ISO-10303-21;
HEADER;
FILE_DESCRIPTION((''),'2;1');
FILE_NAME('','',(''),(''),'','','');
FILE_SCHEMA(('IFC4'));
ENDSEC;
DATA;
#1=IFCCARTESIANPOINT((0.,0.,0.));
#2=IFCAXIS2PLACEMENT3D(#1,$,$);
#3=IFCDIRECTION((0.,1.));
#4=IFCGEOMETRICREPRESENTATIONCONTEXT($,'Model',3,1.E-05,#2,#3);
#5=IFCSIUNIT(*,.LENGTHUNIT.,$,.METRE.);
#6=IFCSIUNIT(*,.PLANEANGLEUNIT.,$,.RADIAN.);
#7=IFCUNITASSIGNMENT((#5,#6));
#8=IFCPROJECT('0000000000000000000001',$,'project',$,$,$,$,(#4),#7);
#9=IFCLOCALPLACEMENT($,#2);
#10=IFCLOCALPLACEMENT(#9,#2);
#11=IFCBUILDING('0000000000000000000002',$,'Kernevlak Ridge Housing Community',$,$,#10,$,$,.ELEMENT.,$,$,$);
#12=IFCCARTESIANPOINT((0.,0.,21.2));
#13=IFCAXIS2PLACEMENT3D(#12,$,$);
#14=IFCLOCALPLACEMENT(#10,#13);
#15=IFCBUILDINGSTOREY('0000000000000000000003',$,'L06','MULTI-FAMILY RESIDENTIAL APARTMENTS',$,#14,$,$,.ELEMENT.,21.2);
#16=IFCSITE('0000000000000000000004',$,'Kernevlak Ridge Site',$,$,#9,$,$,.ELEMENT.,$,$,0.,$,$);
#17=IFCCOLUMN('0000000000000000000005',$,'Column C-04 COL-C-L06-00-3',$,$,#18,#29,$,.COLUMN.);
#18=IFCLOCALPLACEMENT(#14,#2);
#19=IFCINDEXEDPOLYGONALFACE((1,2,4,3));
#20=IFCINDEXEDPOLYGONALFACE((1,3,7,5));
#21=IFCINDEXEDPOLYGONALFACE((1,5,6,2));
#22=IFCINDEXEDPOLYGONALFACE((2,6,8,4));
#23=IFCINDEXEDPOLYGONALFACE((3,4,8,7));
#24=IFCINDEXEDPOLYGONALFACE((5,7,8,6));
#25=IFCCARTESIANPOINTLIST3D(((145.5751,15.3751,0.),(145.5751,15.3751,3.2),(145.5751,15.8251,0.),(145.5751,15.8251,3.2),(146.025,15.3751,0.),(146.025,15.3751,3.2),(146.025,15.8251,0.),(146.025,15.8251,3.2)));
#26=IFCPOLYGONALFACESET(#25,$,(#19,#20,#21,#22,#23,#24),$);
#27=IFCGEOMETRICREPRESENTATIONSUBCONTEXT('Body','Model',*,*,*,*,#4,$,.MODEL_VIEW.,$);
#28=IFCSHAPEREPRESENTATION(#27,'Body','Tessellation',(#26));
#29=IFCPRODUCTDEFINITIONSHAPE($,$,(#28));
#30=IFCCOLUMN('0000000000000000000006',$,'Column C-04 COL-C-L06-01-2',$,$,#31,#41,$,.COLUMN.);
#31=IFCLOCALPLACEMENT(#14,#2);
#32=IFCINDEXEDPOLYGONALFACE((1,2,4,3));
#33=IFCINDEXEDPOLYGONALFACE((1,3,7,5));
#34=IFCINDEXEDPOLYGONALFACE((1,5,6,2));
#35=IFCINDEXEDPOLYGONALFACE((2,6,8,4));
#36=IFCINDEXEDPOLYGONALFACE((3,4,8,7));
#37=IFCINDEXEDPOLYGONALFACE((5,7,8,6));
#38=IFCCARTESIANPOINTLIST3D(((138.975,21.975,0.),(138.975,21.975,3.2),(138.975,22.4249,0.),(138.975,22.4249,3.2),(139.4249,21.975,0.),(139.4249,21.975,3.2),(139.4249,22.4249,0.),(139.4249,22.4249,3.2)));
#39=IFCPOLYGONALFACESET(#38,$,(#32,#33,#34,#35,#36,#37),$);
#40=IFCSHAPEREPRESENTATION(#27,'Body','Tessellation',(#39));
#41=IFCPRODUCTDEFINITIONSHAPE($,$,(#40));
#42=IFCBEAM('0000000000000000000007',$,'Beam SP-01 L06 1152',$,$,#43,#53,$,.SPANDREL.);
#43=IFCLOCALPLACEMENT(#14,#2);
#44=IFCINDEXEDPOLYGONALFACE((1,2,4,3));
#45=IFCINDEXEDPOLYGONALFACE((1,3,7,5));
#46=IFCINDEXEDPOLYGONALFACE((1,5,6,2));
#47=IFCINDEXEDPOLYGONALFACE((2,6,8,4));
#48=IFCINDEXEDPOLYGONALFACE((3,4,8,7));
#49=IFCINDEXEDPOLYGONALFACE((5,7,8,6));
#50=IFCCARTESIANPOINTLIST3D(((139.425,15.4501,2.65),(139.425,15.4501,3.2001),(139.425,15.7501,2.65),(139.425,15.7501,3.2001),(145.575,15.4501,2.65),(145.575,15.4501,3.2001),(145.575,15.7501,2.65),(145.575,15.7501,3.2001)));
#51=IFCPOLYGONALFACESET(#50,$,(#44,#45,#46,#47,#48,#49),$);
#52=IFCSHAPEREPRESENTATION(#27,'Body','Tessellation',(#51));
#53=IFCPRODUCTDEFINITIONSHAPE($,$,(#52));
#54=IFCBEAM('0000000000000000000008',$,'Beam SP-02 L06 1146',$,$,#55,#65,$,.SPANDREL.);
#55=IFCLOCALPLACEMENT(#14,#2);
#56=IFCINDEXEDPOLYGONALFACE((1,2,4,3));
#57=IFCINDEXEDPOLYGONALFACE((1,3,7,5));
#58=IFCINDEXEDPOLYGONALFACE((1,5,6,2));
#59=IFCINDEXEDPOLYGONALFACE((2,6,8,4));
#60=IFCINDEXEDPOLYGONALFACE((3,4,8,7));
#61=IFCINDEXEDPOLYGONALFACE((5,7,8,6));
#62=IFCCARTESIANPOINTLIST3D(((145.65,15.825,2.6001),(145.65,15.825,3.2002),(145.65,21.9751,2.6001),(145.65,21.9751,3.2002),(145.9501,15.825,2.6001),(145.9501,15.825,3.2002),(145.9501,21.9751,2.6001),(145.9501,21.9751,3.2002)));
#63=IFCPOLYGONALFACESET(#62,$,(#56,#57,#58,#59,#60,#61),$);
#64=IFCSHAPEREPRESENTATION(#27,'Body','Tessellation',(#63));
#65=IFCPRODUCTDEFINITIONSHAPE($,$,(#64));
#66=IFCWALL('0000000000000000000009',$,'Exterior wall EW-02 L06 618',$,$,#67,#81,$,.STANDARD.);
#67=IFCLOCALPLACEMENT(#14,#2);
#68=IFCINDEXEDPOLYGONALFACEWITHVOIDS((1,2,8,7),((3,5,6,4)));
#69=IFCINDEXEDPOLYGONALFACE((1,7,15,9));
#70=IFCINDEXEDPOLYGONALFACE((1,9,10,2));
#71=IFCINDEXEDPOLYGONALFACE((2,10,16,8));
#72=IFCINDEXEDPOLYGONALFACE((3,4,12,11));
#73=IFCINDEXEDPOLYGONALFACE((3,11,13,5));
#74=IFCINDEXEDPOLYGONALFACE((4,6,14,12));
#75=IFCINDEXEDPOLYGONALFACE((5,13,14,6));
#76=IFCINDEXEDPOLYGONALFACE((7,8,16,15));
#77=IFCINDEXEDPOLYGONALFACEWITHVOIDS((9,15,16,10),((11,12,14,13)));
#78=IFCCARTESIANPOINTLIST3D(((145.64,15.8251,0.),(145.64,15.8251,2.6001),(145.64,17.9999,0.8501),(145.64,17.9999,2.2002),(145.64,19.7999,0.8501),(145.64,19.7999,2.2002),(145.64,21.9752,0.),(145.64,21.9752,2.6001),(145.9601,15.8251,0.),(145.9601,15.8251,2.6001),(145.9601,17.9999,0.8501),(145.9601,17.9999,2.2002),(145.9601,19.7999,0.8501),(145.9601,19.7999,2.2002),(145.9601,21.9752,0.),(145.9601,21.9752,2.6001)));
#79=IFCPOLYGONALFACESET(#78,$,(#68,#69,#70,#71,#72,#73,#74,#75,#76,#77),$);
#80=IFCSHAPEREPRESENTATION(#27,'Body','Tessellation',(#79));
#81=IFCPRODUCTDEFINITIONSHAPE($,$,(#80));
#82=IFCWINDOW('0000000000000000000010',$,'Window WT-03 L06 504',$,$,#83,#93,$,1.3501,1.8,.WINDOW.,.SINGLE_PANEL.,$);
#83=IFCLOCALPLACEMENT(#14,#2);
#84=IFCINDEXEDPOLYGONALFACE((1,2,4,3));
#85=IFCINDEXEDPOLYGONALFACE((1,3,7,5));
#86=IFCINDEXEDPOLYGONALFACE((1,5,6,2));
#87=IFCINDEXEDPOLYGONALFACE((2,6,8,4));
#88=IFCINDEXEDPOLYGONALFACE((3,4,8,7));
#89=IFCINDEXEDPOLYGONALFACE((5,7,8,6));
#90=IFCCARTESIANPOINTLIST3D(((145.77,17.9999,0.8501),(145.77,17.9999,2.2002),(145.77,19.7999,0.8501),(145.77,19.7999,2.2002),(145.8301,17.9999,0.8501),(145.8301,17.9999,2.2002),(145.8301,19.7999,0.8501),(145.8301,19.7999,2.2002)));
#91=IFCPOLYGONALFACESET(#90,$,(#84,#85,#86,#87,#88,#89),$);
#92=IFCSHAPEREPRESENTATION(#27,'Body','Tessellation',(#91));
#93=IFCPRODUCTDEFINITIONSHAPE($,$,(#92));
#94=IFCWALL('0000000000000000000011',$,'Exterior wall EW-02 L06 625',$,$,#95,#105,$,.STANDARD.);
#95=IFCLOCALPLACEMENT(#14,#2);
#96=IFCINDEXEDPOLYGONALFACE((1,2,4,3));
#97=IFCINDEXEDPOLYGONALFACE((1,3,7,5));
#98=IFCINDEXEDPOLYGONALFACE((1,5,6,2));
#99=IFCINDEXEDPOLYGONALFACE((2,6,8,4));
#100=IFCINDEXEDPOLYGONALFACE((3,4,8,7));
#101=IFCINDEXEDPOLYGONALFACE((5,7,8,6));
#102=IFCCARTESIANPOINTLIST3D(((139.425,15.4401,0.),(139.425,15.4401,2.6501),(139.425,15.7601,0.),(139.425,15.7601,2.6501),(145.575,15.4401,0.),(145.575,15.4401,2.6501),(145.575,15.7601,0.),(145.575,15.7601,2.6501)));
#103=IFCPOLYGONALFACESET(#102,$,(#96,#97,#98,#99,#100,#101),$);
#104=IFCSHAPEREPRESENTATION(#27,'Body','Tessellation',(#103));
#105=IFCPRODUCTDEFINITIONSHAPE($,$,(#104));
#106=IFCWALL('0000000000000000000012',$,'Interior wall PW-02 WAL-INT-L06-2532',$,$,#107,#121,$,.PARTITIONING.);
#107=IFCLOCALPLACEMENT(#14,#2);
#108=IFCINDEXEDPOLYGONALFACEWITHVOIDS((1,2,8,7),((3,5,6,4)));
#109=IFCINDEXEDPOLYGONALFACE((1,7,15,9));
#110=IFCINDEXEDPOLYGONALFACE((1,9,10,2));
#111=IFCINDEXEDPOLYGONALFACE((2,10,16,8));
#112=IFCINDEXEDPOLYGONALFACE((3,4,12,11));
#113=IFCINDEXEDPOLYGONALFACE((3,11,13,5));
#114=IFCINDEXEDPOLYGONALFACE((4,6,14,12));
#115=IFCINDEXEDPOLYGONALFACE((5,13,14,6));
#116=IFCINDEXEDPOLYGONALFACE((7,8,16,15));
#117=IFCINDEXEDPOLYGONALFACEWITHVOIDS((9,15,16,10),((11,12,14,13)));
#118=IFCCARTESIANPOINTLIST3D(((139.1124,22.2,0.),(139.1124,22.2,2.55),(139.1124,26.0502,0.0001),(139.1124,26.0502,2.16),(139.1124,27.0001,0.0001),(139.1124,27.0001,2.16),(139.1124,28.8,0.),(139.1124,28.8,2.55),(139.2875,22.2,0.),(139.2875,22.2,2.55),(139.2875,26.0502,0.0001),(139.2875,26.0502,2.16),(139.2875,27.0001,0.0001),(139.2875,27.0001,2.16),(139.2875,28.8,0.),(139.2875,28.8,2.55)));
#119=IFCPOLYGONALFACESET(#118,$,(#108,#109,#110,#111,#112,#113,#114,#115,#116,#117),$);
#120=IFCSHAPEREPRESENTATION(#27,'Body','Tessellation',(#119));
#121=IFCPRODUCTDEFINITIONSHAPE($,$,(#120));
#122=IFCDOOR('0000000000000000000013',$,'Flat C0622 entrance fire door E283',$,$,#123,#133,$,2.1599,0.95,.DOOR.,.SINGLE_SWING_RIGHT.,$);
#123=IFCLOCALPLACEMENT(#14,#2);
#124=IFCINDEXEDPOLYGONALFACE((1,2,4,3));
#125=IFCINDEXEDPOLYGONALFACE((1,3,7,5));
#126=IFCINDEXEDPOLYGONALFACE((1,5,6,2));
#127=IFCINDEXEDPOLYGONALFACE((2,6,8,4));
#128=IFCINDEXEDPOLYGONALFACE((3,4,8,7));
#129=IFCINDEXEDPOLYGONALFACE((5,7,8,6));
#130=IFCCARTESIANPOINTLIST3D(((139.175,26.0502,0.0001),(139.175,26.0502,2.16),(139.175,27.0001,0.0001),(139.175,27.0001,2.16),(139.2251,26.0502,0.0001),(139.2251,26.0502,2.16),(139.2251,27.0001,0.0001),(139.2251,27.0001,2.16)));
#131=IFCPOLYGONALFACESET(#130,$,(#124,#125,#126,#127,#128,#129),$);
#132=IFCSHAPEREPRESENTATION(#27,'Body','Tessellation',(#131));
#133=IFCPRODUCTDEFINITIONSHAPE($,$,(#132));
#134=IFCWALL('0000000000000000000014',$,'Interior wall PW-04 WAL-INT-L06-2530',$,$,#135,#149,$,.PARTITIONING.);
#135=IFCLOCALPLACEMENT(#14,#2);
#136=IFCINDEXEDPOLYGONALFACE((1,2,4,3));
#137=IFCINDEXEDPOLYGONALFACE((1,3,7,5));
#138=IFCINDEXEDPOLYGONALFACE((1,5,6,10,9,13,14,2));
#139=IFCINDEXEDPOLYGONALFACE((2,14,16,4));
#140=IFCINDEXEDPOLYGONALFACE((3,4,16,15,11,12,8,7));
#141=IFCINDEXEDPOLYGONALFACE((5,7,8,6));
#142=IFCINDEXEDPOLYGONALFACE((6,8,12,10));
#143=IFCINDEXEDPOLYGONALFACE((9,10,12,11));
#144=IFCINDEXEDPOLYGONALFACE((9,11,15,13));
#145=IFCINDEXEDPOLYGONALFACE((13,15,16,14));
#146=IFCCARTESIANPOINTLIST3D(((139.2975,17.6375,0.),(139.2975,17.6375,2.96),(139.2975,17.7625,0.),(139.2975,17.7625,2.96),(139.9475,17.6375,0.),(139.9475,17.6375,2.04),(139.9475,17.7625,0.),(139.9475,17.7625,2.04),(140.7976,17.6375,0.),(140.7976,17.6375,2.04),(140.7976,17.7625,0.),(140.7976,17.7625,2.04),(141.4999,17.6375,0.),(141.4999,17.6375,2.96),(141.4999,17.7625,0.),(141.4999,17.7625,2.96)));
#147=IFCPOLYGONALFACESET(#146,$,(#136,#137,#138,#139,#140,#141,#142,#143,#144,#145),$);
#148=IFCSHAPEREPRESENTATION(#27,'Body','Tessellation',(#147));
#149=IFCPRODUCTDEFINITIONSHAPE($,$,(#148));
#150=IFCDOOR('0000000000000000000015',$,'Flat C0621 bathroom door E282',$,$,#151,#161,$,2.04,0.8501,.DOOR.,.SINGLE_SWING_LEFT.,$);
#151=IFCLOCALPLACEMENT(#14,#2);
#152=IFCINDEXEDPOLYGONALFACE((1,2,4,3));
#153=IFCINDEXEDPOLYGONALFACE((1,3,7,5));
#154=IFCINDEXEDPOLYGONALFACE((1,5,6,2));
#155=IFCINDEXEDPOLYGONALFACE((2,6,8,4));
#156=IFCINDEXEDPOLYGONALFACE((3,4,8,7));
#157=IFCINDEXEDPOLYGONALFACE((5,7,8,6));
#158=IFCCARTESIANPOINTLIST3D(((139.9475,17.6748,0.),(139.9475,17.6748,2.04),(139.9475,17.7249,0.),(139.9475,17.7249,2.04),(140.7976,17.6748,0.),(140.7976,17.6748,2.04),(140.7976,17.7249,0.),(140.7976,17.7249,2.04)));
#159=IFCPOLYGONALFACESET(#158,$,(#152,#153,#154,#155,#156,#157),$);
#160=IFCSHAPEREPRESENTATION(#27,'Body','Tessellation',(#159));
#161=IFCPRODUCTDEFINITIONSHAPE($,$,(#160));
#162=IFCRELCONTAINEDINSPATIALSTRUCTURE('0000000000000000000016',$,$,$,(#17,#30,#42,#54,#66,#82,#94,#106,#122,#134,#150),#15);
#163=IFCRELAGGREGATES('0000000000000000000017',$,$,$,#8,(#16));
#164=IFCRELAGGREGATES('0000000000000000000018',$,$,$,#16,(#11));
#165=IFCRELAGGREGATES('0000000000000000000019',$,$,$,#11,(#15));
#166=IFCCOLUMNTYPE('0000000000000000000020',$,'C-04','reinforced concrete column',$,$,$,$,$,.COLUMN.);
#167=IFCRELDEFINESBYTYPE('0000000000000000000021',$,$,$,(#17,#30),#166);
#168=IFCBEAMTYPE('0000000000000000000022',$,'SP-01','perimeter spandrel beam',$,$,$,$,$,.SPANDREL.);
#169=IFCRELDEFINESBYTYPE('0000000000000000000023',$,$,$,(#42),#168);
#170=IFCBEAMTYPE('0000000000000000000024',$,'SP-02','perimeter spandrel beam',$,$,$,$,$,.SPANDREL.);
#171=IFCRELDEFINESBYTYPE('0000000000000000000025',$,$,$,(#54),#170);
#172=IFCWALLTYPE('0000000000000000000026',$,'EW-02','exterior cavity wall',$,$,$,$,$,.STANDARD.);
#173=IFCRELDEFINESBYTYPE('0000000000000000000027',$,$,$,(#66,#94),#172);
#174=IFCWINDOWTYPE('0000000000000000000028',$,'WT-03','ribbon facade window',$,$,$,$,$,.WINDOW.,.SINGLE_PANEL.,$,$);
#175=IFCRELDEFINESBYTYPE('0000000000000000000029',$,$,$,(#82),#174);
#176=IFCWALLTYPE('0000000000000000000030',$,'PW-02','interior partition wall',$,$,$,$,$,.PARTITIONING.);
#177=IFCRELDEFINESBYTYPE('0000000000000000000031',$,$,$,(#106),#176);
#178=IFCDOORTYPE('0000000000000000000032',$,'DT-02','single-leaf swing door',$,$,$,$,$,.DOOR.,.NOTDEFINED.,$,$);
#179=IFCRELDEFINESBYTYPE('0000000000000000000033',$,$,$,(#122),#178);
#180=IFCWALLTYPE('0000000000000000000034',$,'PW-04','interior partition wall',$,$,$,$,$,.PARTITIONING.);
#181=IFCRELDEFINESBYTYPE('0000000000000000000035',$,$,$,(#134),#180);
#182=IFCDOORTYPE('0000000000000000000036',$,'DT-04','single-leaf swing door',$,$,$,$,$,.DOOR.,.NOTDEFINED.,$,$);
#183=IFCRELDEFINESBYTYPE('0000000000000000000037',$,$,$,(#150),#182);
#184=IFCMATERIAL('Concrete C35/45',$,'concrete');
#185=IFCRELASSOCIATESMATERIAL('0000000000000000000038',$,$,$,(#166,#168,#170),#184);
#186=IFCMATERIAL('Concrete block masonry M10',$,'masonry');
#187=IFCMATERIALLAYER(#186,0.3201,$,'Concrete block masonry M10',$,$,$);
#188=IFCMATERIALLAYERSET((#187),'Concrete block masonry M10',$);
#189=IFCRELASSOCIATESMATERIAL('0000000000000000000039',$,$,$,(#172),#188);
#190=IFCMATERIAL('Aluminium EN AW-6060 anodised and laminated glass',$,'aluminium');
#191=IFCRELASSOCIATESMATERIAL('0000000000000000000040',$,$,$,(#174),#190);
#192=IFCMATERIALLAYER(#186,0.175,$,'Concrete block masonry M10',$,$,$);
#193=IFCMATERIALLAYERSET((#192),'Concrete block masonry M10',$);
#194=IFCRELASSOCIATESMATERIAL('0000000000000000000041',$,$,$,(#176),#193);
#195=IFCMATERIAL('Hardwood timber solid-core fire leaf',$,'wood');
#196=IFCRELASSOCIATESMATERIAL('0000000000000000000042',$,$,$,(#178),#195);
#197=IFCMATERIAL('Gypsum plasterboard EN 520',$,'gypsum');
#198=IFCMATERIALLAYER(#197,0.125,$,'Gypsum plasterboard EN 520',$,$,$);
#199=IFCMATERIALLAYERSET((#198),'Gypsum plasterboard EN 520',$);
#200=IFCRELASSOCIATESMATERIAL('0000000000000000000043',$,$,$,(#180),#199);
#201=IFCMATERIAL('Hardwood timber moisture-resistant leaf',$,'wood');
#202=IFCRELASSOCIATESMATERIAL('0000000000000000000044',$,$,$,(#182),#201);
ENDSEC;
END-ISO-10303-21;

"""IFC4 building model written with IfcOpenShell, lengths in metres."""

from ifc_helpers import new_model, si_unit, direction, frame, frame_2d, origin, origin_2d, place, context, subcontext, project, spatial, rectangle, extrude, material, layer, layer_set, material_profile, profile_set, type_object, element, fill, save


model = new_model("IFC4")

# Units and contexts
model_context = context("Model", 3, precision=1e-05, world=origin(), true_north=direction((0.0, 1.0)))
body_context = subcontext(model_context, "Body", "Model", "MODEL_VIEW")
ifc_project = project(units=[si_unit("LENGTHUNIT", "METRE"), si_unit("PLANEANGLEUNIT", "RADIAN")], contexts=[model_context])

# Site, building, storey
site_placement = place(None, origin())
site = spatial("IfcSite", under=ifc_project, at=site_placement, Name="Kernevlak Ridge Site", CompositionType="ELEMENT", RefElevation=0.0)
building_placement = place(site_placement, origin())
building = spatial("IfcBuilding", under=site, at=building_placement, Name="Kernevlak Ridge Housing Community", CompositionType="ELEMENT")
storey_placement = place(building_placement, frame((0.0, 0.0, 21.2)))
storey = spatial("IfcBuildingStorey", under=building, at=storey_placement, Name="L06", Description="MULTI-FAMILY RESIDENTIAL APARTMENTS", CompositionType="ELEMENT", Elevation=21.2)

# Columns
ifc_material_1 = material(Name="Concrete C35/45", Category="concrete")
ifc_material_profile_1 = material_profile(ifc_material_1, rectangle(XDim=0.45, YDim=0.45, at=origin_2d()), Name="RC 450x450")
ifc_profile_set_1 = profile_set([ifc_material_profile_1], Name="Concrete C35/45")
column_type = type_object("IfcColumnType", Name="C-04", Description="reinforced concrete column", PredefinedType="COLUMN", material=ifc_profile_set_1)
for number, where, z_axis, x_axis, name in (
    (1, (145.8, 15.6001, 0.0), (0.0, 0.0, 1.0), (1.0, 0.0, 0.0), "Column C-04 COL-C-L06-00-3"),
    (2, (139.2, 22.2, 0.0), (0.0, 0.0, 1.0), (1.0, 0.0, 0.0), "Column C-04 COL-C-L06-01-2"),
):
    element("IfcColumn", number, at=place(storey_placement, frame(where, z_axis=z_axis, x_axis=x_axis)), inside=storey, type_object=column_type, Name=name, PredefinedType="COLUMN", context=body_context, shape_type="SweptSolid", body=[
        extrude(rectangle(XDim=0.45, YDim=0.45, at=origin_2d()), origin(), (0.0, 0.0, 1.0), 3.2),
    ])

# Beams
ifc_material_profile_2 = material_profile(ifc_material_1, rectangle(XDim=0.3, YDim=0.55, at=origin_2d()), Name="RC 300x550")
ifc_profile_set_2 = profile_set([ifc_material_profile_2], Name="Concrete C35/45")
beam_type_1 = type_object("IfcBeamType", Name="SP-01", Description="perimeter spandrel beam", PredefinedType="SPANDREL", material=ifc_profile_set_2)
beam_1_placement = place(storey_placement, frame((139.425, 15.6001, 2.925), z_axis=(1.0, 0.0, 0.0), x_axis=(0.0, 1.0, 0.0)))
element("IfcBeam", 3, at=beam_1_placement, inside=storey, type_object=beam_type_1, Name="Beam SP-01 L06 1152", PredefinedType="SPANDREL", context=body_context, shape_type="SweptSolid", body=[
    extrude(rectangle(XDim=0.3, YDim=0.55, at=origin_2d()), origin(), (0.0, 0.0, 1.0), 6.1499),
])
ifc_material_profile_3 = material_profile(ifc_material_1, rectangle(XDim=0.3, YDim=0.6001, at=origin_2d()), Name="RC 300x600")
ifc_profile_set_3 = profile_set([ifc_material_profile_3], Name="Concrete C35/45")
beam_type_2 = type_object("IfcBeamType", Name="SP-02", Description="perimeter spandrel beam", PredefinedType="SPANDREL", material=ifc_profile_set_3)
beam_2_placement = place(storey_placement, frame((145.8, 15.825, 2.9001), z_axis=(0.0, 1.0, 0.0), x_axis=(-1.0, 0.0, 0.0)))
element("IfcBeam", 4, at=beam_2_placement, inside=storey, type_object=beam_type_2, Name="Beam SP-02 L06 1146", PredefinedType="SPANDREL", context=body_context, shape_type="SweptSolid", body=[
    extrude(rectangle(XDim=0.3, YDim=0.6001, at=origin_2d()), origin(), (0.0, 0.0, 1.0), 6.1501),
])

# Wall, opening, window
ifc_material_2 = material(Name="Concrete block masonry M10", Category="masonry")
ifc_layer_1 = layer(ifc_material_2, 0.3201, Name="Concrete block masonry M10")
ifc_layer_set_1 = layer_set([ifc_layer_1], Name="Concrete block masonry M10")
wall_type_1 = type_object("IfcWallType", Name="EW-02", Description="exterior cavity wall", PredefinedType="STANDARD", material=ifc_layer_set_1)
wall_1_placement = place(storey_placement, frame((145.8, 15.825, 0.0), z_axis=(0.0, 0.0, 1.0), x_axis=(0.0, 1.0, 0.0)))
wall_1 = element("IfcWall", 5, at=wall_1_placement, inside=storey, type_object=wall_type_1, Name="Exterior wall EW-02 L06 618", PredefinedType="STANDARD", context=body_context, shape_type="SweptSolid", body=[
    extrude(rectangle(XDim=6.1501, YDim=0.3201, at=frame_2d((3.0752, 0.0))), origin(), (0.0, 0.0, 1.0), 2.6001),
])
opening_1_placement = place(wall_1_placement, frame((2.175, 0.0, 0.8501)))
opening_1 = element("IfcOpeningElement", 6, at=opening_1_placement, cuts=wall_1, PredefinedType="OPENING", context=body_context, shape_type="SweptSolid", body=[
    extrude(rectangle(XDim=1.8, YDim=1.3501, at=frame_2d((0.8999, 0.675))), frame((0.0, 0.1699, 0.0), z_axis=(0.0, -1.0, 0.0), x_axis=(1.0, 0.0, 0.0)), (0.0, 0.0, 1.0), 0.3401),
])
ifc_material_3 = material(Name="Aluminium EN AW-6060 anodised and laminated glass", Category="aluminium")
window_type = type_object("IfcWindowType", Name="WT-03", Description="ribbon facade window", PartitioningType="SINGLE_PANEL", PredefinedType="WINDOW", material=ifc_material_3)
window_placement = place(opening_1_placement, origin())
window = element("IfcWindow", 7, at=window_placement, inside=storey, type_object=window_type, Name="Window WT-03 L06 504", OverallHeight=1.3501, OverallWidth=1.8, PartitioningType="SINGLE_PANEL", PredefinedType="WINDOW", context=body_context, shape_type="SweptSolid", body=[
    extrude(rectangle(XDim=1.8, YDim=1.3501, at=frame_2d((0.8999, 0.675))), frame((0.0, 0.03, 0.0), z_axis=(0.0, -1.0, 0.0), x_axis=(1.0, 0.0, 0.0)), (0.0, 0.0, 1.0), 0.0601),
])
fill(opening_1, window)

# Wall
wall_2_placement = place(storey_placement, frame((139.425, 15.6001, 0.0), z_axis=(0.0, 0.0, 1.0), x_axis=(1.0, 0.0, 0.0)))
element("IfcWall", 8, at=wall_2_placement, inside=storey, type_object=wall_type_1, Name="Exterior wall EW-02 L06 625", PredefinedType="STANDARD", context=body_context, shape_type="SweptSolid", body=[
    extrude(rectangle(XDim=6.1499, YDim=0.3201, at=frame_2d((3.075, 0.0))), origin(), (0.0, 0.0, 1.0), 2.6501),
])

# Walls, openings, doors
ifc_layer_2 = layer(ifc_material_2, 0.175, Name="Concrete block masonry M10")
ifc_layer_set_2 = layer_set([ifc_layer_2], Name="Concrete block masonry M10")
wall_type_2 = type_object("IfcWallType", Name="PW-02", Description="interior partition wall", PredefinedType="PARTITIONING", material=ifc_layer_set_2)
wall_3_placement = place(storey_placement, frame((139.2, 22.2, 0.0), z_axis=(0.0, 0.0, 1.0), x_axis=(0.0, 1.0, 0.0)))
wall_3 = element("IfcWall", 9, at=wall_3_placement, inside=storey, type_object=wall_type_2, Name="Interior wall PW-02 WAL-INT-L06-2532", PredefinedType="PARTITIONING", context=body_context, shape_type="SweptSolid", body=[
    extrude(rectangle(XDim=6.6001, YDim=0.175, at=frame_2d((3.3, 0.0))), origin(), (0.0, 0.0, 1.0), 2.55),
])
opening_2_placement = place(wall_3_placement, frame((3.8501, 0.0, 0.0)))
opening_2 = element("IfcOpeningElement", 10, at=opening_2_placement, cuts=wall_3, PredefinedType="OPENING", context=body_context, shape_type="SweptSolid", body=[
    extrude(rectangle(XDim=0.95, YDim=2.1599, at=frame_2d((0.4751, 1.0801))), frame((0.0, 0.0974, 0.0), z_axis=(0.0, -1.0, 0.0), x_axis=(1.0, 0.0, 0.0)), (0.0, 0.0, 1.0), 0.1951),
])
ifc_material_4 = material(Name="Hardwood timber solid-core fire leaf", Category="wood")
door_type_1 = type_object("IfcDoorType", Name="DT-02", Description="single-leaf swing door", OperationType="NOTDEFINED", PredefinedType="DOOR", material=ifc_material_4)
door_1_placement = place(opening_2_placement, origin())
door_1 = element("IfcDoor", 11, at=door_1_placement, inside=storey, type_object=door_type_1, Name="Flat C0622 entrance fire door E283", OperationType="SINGLE_SWING_RIGHT", OverallHeight=2.1599, OverallWidth=0.95, PredefinedType="DOOR", context=body_context, shape_type="SweptSolid", body=[
    extrude(rectangle(XDim=0.95, YDim=2.1599, at=frame_2d((0.4751, 1.0801))), frame((0.0, 0.0249, 0.0), z_axis=(0.0, -1.0, 0.0), x_axis=(1.0, 0.0, 0.0)), (0.0, 0.0, 1.0), 0.05),
])
fill(opening_2, door_1)
ifc_material_5 = material(Name="Gypsum plasterboard EN 520", Category="gypsum")
ifc_layer_3 = layer(ifc_material_5, 0.125, Name="Gypsum plasterboard EN 520")
ifc_layer_set_3 = layer_set([ifc_layer_3], Name="Gypsum plasterboard EN 520")
wall_type_3 = type_object("IfcWallType", Name="PW-04", Description="interior partition wall", PredefinedType="PARTITIONING", material=ifc_layer_set_3)
wall_4_placement = place(storey_placement, frame((139.2976, 17.7, 0.0), z_axis=(0.0, 0.0, 1.0), x_axis=(1.0, 0.0, 0.0)))
wall_4 = element("IfcWall", 12, at=wall_4_placement, inside=storey, type_object=wall_type_3, Name="Interior wall PW-04 WAL-INT-L06-2530", PredefinedType="PARTITIONING", context=body_context, shape_type="SweptSolid", body=[
    extrude(rectangle(XDim=2.2024, YDim=0.125, at=frame_2d((1.1011, 0.0))), origin(), (0.0, 0.0, 1.0), 2.96),
])
opening_3_placement = place(wall_4_placement, frame((0.6499, 0.0, 0.0)))
opening_3 = element("IfcOpeningElement", 13, at=opening_3_placement, cuts=wall_4, PredefinedType="OPENING", context=body_context, shape_type="SweptSolid", body=[
    extrude(rectangle(XDim=0.8501, YDim=2.04, at=frame_2d((0.425, 1.02))), frame((0.0, 0.0725, 0.0), z_axis=(0.0, -1.0, 0.0), x_axis=(1.0, 0.0, 0.0)), (0.0, 0.0, 1.0), 0.145),
])
ifc_material_6 = material(Name="Hardwood timber moisture-resistant leaf", Category="wood")
door_type_2 = type_object("IfcDoorType", Name="DT-04", Description="single-leaf swing door", OperationType="NOTDEFINED", PredefinedType="DOOR", material=ifc_material_6)
door_2_placement = place(opening_3_placement, origin())
door_2 = element("IfcDoor", 14, at=door_2_placement, inside=storey, type_object=door_type_2, Name="Flat C0621 bathroom door E282", OperationType="SINGLE_SWING_LEFT", OverallHeight=2.04, OverallWidth=0.8501, PredefinedType="DOOR", context=body_context, shape_type="SweptSolid", body=[
    extrude(rectangle(XDim=0.8501, YDim=2.04, at=frame_2d((0.425, 1.02))), frame((0.0, 0.0249, 0.0), z_axis=(0.0, -1.0, 0.0), x_axis=(1.0, 0.0, 0.0)), (0.0, 0.0, 1.0), 0.05),
])
fill(opening_3, door_2)

save(model, "model.ifc")
